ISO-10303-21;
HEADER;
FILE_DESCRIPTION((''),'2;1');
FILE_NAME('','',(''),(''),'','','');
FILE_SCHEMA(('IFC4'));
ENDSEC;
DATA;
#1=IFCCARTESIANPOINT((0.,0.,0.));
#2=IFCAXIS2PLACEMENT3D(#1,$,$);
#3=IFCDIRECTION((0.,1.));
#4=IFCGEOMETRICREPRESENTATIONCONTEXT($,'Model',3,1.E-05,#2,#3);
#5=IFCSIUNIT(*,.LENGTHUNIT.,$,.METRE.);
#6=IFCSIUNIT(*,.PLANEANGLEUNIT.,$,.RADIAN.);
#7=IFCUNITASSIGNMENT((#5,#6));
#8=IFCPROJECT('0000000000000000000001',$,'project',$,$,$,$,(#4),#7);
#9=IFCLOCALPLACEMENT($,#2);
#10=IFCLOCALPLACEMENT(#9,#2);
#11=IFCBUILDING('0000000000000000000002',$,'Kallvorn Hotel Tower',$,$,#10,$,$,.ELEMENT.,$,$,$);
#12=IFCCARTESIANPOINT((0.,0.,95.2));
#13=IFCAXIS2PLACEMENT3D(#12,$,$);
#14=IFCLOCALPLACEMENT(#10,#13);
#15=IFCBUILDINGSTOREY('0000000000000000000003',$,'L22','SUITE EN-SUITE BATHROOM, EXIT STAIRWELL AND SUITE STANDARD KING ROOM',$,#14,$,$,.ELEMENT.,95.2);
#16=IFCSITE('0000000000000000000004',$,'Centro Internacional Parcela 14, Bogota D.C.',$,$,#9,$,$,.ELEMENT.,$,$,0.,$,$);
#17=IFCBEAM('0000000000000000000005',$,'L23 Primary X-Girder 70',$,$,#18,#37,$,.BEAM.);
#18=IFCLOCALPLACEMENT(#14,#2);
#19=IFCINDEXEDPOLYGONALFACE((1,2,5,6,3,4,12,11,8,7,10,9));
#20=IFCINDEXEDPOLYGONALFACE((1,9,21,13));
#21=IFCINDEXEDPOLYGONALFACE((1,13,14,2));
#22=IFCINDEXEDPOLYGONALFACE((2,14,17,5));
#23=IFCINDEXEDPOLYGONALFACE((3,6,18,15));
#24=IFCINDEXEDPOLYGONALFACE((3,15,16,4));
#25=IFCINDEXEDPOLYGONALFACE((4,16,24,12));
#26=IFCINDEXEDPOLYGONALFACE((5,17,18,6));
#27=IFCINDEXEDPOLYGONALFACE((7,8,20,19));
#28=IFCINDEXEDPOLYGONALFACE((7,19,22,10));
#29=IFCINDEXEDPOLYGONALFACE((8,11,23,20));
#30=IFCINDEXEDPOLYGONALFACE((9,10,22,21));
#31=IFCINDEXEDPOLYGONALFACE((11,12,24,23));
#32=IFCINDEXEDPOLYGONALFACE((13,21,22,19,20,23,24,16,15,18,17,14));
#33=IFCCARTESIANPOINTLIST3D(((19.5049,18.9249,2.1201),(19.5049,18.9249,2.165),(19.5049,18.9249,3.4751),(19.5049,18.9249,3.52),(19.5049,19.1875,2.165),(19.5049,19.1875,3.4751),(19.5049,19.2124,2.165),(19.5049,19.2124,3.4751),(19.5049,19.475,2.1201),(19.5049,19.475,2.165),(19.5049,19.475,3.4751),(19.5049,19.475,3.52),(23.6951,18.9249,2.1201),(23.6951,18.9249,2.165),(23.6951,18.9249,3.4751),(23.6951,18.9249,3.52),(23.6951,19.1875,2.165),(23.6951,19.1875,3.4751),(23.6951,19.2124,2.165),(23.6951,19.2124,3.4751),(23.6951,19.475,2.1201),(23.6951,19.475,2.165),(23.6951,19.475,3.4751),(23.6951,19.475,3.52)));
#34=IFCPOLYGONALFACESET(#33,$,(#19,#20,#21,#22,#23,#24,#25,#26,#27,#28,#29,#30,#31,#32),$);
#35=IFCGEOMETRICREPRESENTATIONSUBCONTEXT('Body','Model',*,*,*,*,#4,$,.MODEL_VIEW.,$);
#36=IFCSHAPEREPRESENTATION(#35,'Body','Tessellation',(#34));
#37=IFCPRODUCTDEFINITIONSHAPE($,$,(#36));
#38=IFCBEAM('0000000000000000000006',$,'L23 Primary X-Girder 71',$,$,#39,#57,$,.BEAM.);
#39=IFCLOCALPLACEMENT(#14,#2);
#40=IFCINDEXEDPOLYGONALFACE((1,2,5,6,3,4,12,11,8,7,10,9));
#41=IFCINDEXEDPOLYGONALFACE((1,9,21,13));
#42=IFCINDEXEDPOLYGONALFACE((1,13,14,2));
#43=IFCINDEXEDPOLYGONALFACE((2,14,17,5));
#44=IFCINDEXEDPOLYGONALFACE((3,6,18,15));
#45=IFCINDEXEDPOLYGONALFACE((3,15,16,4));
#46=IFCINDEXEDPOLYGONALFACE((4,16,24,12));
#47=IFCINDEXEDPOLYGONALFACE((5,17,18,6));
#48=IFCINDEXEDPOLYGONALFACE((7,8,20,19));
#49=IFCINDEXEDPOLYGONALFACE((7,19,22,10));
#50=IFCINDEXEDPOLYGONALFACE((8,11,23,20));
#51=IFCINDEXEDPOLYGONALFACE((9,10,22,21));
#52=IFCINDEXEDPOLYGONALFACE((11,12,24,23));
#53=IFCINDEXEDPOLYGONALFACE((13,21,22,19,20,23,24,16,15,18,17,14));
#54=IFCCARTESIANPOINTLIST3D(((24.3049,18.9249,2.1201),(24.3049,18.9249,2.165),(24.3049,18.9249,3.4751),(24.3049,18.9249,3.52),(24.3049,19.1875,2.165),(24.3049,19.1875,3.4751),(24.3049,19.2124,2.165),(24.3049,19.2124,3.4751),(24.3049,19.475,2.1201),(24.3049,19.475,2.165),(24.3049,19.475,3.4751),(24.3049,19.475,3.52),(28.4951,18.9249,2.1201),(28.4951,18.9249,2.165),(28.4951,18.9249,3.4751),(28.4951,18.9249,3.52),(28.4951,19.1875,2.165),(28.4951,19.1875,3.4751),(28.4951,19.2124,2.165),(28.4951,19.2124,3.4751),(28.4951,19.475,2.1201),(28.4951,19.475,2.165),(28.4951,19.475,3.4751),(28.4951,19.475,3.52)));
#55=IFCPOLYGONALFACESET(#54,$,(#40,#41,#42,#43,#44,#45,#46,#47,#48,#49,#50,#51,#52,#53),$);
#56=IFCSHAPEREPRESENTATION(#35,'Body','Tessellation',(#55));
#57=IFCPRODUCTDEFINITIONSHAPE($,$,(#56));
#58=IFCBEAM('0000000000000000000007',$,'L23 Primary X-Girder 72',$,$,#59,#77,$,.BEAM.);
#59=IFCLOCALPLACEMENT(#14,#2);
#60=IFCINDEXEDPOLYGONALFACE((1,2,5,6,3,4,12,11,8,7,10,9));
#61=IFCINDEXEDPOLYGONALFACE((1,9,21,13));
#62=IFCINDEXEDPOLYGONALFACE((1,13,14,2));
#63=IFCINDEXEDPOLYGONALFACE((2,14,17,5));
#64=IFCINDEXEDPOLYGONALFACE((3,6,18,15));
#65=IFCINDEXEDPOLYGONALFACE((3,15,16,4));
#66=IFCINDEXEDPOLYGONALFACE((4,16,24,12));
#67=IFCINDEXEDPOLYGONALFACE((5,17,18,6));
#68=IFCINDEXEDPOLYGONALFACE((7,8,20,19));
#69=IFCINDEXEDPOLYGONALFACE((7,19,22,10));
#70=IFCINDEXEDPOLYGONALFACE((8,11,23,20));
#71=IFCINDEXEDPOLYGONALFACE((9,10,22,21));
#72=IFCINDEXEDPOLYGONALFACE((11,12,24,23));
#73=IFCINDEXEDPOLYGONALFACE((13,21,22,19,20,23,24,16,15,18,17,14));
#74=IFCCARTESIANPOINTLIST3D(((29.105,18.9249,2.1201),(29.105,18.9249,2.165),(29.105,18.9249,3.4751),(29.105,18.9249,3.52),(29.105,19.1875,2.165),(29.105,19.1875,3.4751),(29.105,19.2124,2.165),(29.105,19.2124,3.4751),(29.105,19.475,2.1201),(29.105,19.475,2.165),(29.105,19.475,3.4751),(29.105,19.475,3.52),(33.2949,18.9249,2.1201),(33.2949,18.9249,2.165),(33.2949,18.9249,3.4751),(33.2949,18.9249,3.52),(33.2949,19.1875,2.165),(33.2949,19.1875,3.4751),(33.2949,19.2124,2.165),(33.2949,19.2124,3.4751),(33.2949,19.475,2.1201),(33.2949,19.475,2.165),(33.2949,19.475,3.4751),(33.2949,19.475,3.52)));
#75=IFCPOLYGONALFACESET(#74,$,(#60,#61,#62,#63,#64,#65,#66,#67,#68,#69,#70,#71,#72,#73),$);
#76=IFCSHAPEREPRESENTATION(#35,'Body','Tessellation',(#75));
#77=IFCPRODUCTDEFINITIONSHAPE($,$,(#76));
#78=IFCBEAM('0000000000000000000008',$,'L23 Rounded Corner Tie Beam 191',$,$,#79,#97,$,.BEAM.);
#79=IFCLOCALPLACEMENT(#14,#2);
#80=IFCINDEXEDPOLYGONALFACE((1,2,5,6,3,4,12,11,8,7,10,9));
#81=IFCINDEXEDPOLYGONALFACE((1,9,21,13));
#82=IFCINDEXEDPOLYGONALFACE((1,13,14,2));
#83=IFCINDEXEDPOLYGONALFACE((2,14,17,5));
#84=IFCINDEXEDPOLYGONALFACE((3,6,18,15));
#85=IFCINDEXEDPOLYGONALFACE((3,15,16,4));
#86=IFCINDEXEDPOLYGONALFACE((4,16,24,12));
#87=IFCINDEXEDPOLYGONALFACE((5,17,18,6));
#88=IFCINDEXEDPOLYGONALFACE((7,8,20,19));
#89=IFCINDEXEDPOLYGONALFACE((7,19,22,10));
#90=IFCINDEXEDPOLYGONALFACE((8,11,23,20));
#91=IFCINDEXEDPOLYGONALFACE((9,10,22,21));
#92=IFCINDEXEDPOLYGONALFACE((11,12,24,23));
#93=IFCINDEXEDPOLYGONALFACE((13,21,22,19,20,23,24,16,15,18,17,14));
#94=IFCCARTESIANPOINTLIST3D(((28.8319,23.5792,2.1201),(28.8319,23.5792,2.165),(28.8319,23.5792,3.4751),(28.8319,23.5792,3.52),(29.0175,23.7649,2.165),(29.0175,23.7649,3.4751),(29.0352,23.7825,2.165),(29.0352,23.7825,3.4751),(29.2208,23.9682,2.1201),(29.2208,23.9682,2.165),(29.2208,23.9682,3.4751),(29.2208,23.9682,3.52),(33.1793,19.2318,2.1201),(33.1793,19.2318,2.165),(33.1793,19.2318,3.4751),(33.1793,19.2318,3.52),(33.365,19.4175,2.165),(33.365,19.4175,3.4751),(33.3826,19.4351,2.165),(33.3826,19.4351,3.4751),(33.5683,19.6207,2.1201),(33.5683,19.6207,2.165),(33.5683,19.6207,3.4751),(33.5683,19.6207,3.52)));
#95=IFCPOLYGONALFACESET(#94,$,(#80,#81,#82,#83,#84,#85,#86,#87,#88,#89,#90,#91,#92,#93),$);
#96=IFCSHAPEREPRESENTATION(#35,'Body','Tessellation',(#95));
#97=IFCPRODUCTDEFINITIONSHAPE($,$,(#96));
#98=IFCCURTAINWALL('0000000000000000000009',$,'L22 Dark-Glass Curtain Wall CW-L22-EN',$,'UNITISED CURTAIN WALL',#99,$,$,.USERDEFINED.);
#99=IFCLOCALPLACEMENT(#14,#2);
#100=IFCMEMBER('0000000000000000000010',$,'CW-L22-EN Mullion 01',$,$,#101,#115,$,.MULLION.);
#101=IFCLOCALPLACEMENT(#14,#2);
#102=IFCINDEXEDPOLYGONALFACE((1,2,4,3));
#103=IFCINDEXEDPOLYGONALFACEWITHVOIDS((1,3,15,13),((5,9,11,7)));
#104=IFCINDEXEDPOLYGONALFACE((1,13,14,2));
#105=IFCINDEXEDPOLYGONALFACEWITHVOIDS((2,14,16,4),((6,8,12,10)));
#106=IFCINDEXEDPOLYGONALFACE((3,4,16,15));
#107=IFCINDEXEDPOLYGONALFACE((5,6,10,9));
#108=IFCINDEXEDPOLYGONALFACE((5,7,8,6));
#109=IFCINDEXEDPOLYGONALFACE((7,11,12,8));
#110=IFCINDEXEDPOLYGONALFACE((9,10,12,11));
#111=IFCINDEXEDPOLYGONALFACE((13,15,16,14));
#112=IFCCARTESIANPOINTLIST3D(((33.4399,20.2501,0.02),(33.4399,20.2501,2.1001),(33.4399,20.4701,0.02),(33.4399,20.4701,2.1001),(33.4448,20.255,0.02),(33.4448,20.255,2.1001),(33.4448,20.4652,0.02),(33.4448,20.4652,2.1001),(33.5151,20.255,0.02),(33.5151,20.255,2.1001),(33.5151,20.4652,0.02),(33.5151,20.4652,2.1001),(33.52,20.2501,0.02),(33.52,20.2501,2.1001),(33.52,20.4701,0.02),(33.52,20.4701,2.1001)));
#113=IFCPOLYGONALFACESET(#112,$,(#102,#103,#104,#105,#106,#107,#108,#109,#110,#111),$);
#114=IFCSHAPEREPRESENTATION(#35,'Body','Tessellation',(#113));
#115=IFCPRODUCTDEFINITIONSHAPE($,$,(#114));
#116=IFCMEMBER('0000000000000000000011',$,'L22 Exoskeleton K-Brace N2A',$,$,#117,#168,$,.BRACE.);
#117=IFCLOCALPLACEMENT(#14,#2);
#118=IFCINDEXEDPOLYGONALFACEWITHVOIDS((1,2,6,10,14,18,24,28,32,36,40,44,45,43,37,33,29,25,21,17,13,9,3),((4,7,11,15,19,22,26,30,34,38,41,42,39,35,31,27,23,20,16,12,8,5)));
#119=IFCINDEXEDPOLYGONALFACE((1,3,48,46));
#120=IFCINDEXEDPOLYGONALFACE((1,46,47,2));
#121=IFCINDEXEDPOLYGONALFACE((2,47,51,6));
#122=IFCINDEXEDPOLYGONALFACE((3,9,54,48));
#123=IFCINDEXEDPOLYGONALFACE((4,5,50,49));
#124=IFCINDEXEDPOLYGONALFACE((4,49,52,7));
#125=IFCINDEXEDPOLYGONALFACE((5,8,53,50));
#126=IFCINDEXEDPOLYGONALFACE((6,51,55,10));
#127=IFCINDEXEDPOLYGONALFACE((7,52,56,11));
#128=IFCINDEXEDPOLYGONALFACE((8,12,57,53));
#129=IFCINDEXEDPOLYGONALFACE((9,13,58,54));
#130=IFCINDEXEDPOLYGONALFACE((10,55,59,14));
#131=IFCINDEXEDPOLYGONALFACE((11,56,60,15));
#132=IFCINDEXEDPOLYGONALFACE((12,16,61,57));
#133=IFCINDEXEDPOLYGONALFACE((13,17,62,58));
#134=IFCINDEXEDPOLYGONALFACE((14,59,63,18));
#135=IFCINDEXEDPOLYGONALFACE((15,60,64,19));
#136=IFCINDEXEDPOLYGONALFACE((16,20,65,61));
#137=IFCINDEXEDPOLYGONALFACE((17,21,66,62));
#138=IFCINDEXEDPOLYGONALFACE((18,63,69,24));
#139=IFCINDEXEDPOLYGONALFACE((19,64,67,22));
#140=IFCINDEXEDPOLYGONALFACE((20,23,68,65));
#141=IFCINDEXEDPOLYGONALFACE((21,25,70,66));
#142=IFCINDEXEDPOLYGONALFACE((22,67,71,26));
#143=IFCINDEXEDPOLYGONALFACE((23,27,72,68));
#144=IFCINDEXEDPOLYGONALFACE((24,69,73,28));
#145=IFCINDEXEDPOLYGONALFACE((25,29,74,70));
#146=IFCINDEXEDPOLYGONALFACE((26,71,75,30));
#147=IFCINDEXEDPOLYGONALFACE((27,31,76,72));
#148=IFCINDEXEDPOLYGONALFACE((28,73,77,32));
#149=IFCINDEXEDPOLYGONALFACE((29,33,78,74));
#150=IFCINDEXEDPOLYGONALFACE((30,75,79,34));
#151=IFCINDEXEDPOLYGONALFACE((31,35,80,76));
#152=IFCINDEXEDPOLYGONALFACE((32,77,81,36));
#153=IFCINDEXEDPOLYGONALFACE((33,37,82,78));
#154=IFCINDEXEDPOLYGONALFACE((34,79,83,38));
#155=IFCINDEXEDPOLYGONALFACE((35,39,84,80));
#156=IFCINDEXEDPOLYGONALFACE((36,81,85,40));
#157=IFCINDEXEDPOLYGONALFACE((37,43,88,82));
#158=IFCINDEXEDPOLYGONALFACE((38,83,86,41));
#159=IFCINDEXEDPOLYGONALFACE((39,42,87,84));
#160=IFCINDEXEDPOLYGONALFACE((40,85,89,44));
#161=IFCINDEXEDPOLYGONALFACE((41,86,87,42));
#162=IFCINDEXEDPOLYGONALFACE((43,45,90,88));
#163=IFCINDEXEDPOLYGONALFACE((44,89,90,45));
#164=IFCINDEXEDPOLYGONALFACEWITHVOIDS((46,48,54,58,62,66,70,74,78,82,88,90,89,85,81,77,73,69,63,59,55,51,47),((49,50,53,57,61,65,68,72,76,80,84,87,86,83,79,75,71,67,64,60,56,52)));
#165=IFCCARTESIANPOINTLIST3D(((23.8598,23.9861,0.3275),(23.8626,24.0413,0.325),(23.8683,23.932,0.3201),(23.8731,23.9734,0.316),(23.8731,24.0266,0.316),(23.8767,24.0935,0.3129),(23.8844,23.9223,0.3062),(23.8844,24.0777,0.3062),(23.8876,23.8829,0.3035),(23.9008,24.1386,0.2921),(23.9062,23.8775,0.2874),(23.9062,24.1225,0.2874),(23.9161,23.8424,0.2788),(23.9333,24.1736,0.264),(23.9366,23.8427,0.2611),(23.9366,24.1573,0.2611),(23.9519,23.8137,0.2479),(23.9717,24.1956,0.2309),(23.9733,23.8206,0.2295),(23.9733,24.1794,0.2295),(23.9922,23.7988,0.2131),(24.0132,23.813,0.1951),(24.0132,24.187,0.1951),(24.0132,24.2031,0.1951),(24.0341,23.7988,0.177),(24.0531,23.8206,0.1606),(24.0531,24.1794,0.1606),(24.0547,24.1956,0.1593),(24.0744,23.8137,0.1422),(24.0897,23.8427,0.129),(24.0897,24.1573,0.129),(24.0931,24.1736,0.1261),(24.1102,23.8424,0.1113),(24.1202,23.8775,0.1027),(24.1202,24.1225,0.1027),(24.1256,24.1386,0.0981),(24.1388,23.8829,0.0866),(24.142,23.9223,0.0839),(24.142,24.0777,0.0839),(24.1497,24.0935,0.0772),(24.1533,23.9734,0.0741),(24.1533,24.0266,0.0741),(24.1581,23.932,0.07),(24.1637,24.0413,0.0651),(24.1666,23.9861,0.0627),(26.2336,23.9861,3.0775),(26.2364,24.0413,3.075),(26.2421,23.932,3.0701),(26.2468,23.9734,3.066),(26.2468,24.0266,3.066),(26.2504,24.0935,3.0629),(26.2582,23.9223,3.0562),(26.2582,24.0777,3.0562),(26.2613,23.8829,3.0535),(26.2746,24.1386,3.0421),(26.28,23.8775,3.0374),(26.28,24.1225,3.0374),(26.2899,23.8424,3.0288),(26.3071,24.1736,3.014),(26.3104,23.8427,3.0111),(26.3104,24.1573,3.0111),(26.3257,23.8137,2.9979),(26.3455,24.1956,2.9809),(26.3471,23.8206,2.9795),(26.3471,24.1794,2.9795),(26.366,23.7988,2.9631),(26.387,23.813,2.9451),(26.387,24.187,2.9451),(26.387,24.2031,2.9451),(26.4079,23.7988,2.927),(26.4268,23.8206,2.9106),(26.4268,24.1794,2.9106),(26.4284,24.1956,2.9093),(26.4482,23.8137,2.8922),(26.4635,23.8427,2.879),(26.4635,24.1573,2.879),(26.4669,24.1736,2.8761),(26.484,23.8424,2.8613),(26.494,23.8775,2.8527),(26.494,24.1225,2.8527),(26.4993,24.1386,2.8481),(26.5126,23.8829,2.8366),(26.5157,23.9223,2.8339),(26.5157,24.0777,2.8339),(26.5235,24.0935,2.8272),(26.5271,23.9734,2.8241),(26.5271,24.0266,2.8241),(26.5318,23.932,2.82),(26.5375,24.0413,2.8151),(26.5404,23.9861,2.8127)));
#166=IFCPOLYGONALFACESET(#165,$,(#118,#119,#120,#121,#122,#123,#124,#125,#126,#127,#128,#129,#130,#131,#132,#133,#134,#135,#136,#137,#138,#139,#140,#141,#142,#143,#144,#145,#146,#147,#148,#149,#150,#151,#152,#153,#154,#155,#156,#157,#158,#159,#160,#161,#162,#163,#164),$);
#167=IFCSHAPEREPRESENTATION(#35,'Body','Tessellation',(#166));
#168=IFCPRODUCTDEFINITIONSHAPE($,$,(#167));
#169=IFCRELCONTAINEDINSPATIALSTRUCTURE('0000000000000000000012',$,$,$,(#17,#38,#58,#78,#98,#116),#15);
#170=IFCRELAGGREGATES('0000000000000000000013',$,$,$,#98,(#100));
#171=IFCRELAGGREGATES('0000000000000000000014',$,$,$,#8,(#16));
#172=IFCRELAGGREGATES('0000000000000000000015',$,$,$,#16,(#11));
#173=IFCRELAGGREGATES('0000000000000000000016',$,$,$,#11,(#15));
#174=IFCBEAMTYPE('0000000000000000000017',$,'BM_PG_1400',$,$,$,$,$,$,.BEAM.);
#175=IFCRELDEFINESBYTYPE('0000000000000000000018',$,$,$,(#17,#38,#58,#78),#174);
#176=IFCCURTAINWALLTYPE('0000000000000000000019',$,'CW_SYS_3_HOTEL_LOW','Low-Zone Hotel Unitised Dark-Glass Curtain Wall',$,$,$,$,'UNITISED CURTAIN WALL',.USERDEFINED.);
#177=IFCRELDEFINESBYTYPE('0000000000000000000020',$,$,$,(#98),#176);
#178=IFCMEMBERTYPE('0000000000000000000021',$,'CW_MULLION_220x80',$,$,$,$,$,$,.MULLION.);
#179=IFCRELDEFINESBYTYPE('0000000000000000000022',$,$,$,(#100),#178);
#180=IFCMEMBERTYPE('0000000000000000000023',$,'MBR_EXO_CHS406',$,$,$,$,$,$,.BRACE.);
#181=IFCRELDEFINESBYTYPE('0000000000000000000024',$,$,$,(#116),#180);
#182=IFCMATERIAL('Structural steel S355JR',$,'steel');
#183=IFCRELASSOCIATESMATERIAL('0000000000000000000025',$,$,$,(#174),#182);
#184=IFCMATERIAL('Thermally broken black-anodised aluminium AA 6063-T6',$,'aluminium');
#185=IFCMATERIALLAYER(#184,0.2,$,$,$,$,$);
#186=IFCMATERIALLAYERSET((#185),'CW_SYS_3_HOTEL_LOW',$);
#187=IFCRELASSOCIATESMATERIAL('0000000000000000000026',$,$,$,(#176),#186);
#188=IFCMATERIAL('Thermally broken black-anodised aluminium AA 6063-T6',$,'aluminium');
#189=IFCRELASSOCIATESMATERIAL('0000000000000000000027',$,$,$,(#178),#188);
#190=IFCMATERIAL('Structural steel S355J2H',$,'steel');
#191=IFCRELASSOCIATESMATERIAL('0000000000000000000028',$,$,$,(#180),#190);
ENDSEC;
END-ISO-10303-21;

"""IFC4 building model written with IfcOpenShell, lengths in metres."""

from ifc_helpers import new_model, si_unit, direction, frame, origin, origin_2d, place, context, subcontext, project, spatial, hollow_rectangle, hollow_circle, i_section, extrude, material, layer, layer_set, material_profile, profile_set, type_object, element, aggregate, save


model = new_model("IFC4")

# Units and contexts
model_context = context("Model", 3, precision=1e-05, world=origin(), true_north=direction((0.0, 1.0)))
body_context = subcontext(model_context, "Body", "Model", "MODEL_VIEW")
ifc_project = project(units=[si_unit("LENGTHUNIT", "METRE"), si_unit("PLANEANGLEUNIT", "RADIAN")], contexts=[model_context])

# Site, building, storey
site_placement = place(None, origin())
site = spatial("IfcSite", under=ifc_project, at=site_placement, Name="Centro Internacional Parcela 14, Bogota D.C.", CompositionType="ELEMENT", RefElevation=0.0)
building_placement = place(site_placement, origin())
building = spatial("IfcBuilding", under=site, at=building_placement, Name="Kallvorn Hotel Tower", CompositionType="ELEMENT")
storey_placement = place(building_placement, frame((0.0, 0.0, 95.2)))
storey = spatial("IfcBuildingStorey", under=building, at=storey_placement, Name="L22", Description="SUITE EN-SUITE BATHROOM, EXIT STAIRWELL AND SUITE STANDARD KING ROOM", CompositionType="ELEMENT", Elevation=95.2)

# Beams
ifc_material_1 = material(Name="Structural steel S355JR", Category="steel")
ifc_material_profile_1 = material_profile(ifc_material_1, i_section(OverallWidth=0.55, OverallDepth=1.3999, WebThickness=0.0249, FlangeThickness=0.0449, at=origin_2d()), Name="PG 1400x550x25x45")
ifc_profile_set_1 = profile_set([ifc_material_profile_1], Name="Structural steel S355JR")
beam_type_1 = type_object("IfcBeamType", Name="BM_PG_1400", PredefinedType="BEAM", material=ifc_profile_set_1)
for number, where, z_axis, x_axis, name in (
    (1, (19.5049, 19.2, 2.8201), (1.0, 0.0, 0.0), (0.0, 1.0, 0.0), "L23 Primary X-Girder 70"),
    (2, (24.3049, 19.2, 2.8201), (1.0, 0.0, 0.0), (0.0, 1.0, 0.0), "L23 Primary X-Girder 71"),
):
    element("IfcBeam", number, at=place(storey_placement, frame(where, z_axis=z_axis, x_axis=x_axis)), inside=storey, type_object=beam_type_1, Name=name, PredefinedType="BEAM", context=body_context, shape_type="SweptSolid", body=[
        extrude(i_section(OverallWidth=0.55, OverallDepth=1.3999, WebThickness=0.0249, FlangeThickness=0.0449, at=origin_2d()), origin(), (0.0, 0.0, 1.0), 4.1902),
    ])
beam_1_placement = place(storey_placement, frame((29.105, 19.2, 2.8201), z_axis=(1.0, 0.0, 0.0), x_axis=(0.0, 1.0, 0.0)))
element("IfcBeam", 3, at=beam_1_placement, inside=storey, type_object=beam_type_1, Name="L23 Primary X-Girder 72", PredefinedType="BEAM", context=body_context, shape_type="SweptSolid", body=[
    extrude(i_section(OverallWidth=0.55, OverallDepth=1.3999, WebThickness=0.0249, FlangeThickness=0.0449, at=origin_2d()), origin(), (0.0, 0.0, 1.0), 4.1899),
])
beam_2_placement = place(storey_placement, frame((33.3738, 19.4263, 2.8201), z_axis=(-0.707107, 0.707107, 0.0), x_axis=(-0.707107, -0.707107, 0.0)))
element("IfcBeam", 4, at=beam_2_placement, inside=storey, type_object=beam_type_1, Name="L23 Rounded Corner Tie Beam 191", PredefinedType="BEAM", context=body_context, shape_type="SweptSolid", body=[
    extrude(i_section(OverallWidth=0.55, OverallDepth=1.3999, WebThickness=0.0249, FlangeThickness=0.0449, at=origin_2d()), origin(), (0.0, 0.0, 1.0), 6.1482),
])

# Curtain wall, member
ifc_material_2 = material(Name="Thermally broken black-anodised aluminium AA 6063-T6", Category="aluminium")
ifc_layer_1 = layer(ifc_material_2, 0.2)
ifc_layer_set_1 = layer_set([ifc_layer_1], Name="CW_SYS_3_HOTEL_LOW")
curtain_wall_type = type_object("IfcCurtainWallType", Name="CW_SYS_3_HOTEL_LOW", Description="Low-Zone Hotel Unitised Dark-Glass Curtain Wall", ElementType="UNITISED CURTAIN WALL", PredefinedType="USERDEFINED", material=ifc_layer_set_1)
curtain_wall_placement = place(storey_placement, origin())
curtain_wall = element("IfcCurtainWall", 5, at=curtain_wall_placement, inside=storey, type_object=curtain_wall_type, Name="L22 Dark-Glass Curtain Wall CW-L22-EN", ObjectType="UNITISED CURTAIN WALL", PredefinedType="USERDEFINED")
ifc_material_3 = material(Name="Thermally broken black-anodised aluminium AA 6063-T6", Category="aluminium")
ifc_material_profile_2 = material_profile(ifc_material_3, hollow_rectangle(XDim=0.0801, YDim=0.22, WallThickness=0.0049, at=origin_2d()), Name="MUL 220x80")
ifc_profile_set_2 = profile_set([ifc_material_profile_2], Name="Thermally broken black-anodised aluminium AA 6063-T6")
member_type_1 = type_object("IfcMemberType", Name="CW_MULLION_220x80", PredefinedType="MULLION", material=ifc_profile_set_2)
member_placement = place(storey_placement, frame((33.48, 20.3601, 0.02), z_axis=(0.0, 0.0, 1.0), x_axis=(1.0, 0.0, 0.0)))
member = element("IfcMember", 6, at=member_placement, type_object=member_type_1, Name="CW-L22-EN Mullion 01", PredefinedType="MULLION", context=body_context, shape_type="SweptSolid", body=[
    extrude(hollow_rectangle(XDim=0.0801, YDim=0.22, WallThickness=0.0049, at=origin_2d()), origin(), (0.0, 0.0, 1.0), 2.0801),
])
aggregate(curtain_wall, [member])

# Member
ifc_material_4 = material(Name="Structural steel S355J2H", Category="steel")
ifc_material_profile_3 = material_profile(ifc_material_4, hollow_circle(Radius=0.2031, WallThickness=0.0161, at=origin_2d()), Name="CHS 406.4x16")
ifc_profile_set_3 = profile_set([ifc_material_profile_3], Name="Structural steel S355J2H")
member_type_2 = type_object("IfcMemberType", Name="MBR_EXO_CHS406", PredefinedType="BRACE", material=ifc_profile_set_3)
for number, where, z_axis, x_axis, name in (
    (7, (24.0132, 24.0, 0.1951), (0.653427, 0.0, 0.756989), (0.0, 1.0, 0.0), "L22 Exoskeleton K-Brace N2A"),
):
    element("IfcMember", number, at=place(storey_placement, frame(where, z_axis=z_axis, x_axis=x_axis)), inside=storey, type_object=member_type_2, Name=name, PredefinedType="BRACE", context=body_context, shape_type="SweptSolid", body=[
        extrude(hollow_circle(Radius=0.2031, WallThickness=0.0161, at=origin_2d()), origin(), (0.0, 0.0, 1.0), 3.6328),
    ])

save(model, "model.ifc")
